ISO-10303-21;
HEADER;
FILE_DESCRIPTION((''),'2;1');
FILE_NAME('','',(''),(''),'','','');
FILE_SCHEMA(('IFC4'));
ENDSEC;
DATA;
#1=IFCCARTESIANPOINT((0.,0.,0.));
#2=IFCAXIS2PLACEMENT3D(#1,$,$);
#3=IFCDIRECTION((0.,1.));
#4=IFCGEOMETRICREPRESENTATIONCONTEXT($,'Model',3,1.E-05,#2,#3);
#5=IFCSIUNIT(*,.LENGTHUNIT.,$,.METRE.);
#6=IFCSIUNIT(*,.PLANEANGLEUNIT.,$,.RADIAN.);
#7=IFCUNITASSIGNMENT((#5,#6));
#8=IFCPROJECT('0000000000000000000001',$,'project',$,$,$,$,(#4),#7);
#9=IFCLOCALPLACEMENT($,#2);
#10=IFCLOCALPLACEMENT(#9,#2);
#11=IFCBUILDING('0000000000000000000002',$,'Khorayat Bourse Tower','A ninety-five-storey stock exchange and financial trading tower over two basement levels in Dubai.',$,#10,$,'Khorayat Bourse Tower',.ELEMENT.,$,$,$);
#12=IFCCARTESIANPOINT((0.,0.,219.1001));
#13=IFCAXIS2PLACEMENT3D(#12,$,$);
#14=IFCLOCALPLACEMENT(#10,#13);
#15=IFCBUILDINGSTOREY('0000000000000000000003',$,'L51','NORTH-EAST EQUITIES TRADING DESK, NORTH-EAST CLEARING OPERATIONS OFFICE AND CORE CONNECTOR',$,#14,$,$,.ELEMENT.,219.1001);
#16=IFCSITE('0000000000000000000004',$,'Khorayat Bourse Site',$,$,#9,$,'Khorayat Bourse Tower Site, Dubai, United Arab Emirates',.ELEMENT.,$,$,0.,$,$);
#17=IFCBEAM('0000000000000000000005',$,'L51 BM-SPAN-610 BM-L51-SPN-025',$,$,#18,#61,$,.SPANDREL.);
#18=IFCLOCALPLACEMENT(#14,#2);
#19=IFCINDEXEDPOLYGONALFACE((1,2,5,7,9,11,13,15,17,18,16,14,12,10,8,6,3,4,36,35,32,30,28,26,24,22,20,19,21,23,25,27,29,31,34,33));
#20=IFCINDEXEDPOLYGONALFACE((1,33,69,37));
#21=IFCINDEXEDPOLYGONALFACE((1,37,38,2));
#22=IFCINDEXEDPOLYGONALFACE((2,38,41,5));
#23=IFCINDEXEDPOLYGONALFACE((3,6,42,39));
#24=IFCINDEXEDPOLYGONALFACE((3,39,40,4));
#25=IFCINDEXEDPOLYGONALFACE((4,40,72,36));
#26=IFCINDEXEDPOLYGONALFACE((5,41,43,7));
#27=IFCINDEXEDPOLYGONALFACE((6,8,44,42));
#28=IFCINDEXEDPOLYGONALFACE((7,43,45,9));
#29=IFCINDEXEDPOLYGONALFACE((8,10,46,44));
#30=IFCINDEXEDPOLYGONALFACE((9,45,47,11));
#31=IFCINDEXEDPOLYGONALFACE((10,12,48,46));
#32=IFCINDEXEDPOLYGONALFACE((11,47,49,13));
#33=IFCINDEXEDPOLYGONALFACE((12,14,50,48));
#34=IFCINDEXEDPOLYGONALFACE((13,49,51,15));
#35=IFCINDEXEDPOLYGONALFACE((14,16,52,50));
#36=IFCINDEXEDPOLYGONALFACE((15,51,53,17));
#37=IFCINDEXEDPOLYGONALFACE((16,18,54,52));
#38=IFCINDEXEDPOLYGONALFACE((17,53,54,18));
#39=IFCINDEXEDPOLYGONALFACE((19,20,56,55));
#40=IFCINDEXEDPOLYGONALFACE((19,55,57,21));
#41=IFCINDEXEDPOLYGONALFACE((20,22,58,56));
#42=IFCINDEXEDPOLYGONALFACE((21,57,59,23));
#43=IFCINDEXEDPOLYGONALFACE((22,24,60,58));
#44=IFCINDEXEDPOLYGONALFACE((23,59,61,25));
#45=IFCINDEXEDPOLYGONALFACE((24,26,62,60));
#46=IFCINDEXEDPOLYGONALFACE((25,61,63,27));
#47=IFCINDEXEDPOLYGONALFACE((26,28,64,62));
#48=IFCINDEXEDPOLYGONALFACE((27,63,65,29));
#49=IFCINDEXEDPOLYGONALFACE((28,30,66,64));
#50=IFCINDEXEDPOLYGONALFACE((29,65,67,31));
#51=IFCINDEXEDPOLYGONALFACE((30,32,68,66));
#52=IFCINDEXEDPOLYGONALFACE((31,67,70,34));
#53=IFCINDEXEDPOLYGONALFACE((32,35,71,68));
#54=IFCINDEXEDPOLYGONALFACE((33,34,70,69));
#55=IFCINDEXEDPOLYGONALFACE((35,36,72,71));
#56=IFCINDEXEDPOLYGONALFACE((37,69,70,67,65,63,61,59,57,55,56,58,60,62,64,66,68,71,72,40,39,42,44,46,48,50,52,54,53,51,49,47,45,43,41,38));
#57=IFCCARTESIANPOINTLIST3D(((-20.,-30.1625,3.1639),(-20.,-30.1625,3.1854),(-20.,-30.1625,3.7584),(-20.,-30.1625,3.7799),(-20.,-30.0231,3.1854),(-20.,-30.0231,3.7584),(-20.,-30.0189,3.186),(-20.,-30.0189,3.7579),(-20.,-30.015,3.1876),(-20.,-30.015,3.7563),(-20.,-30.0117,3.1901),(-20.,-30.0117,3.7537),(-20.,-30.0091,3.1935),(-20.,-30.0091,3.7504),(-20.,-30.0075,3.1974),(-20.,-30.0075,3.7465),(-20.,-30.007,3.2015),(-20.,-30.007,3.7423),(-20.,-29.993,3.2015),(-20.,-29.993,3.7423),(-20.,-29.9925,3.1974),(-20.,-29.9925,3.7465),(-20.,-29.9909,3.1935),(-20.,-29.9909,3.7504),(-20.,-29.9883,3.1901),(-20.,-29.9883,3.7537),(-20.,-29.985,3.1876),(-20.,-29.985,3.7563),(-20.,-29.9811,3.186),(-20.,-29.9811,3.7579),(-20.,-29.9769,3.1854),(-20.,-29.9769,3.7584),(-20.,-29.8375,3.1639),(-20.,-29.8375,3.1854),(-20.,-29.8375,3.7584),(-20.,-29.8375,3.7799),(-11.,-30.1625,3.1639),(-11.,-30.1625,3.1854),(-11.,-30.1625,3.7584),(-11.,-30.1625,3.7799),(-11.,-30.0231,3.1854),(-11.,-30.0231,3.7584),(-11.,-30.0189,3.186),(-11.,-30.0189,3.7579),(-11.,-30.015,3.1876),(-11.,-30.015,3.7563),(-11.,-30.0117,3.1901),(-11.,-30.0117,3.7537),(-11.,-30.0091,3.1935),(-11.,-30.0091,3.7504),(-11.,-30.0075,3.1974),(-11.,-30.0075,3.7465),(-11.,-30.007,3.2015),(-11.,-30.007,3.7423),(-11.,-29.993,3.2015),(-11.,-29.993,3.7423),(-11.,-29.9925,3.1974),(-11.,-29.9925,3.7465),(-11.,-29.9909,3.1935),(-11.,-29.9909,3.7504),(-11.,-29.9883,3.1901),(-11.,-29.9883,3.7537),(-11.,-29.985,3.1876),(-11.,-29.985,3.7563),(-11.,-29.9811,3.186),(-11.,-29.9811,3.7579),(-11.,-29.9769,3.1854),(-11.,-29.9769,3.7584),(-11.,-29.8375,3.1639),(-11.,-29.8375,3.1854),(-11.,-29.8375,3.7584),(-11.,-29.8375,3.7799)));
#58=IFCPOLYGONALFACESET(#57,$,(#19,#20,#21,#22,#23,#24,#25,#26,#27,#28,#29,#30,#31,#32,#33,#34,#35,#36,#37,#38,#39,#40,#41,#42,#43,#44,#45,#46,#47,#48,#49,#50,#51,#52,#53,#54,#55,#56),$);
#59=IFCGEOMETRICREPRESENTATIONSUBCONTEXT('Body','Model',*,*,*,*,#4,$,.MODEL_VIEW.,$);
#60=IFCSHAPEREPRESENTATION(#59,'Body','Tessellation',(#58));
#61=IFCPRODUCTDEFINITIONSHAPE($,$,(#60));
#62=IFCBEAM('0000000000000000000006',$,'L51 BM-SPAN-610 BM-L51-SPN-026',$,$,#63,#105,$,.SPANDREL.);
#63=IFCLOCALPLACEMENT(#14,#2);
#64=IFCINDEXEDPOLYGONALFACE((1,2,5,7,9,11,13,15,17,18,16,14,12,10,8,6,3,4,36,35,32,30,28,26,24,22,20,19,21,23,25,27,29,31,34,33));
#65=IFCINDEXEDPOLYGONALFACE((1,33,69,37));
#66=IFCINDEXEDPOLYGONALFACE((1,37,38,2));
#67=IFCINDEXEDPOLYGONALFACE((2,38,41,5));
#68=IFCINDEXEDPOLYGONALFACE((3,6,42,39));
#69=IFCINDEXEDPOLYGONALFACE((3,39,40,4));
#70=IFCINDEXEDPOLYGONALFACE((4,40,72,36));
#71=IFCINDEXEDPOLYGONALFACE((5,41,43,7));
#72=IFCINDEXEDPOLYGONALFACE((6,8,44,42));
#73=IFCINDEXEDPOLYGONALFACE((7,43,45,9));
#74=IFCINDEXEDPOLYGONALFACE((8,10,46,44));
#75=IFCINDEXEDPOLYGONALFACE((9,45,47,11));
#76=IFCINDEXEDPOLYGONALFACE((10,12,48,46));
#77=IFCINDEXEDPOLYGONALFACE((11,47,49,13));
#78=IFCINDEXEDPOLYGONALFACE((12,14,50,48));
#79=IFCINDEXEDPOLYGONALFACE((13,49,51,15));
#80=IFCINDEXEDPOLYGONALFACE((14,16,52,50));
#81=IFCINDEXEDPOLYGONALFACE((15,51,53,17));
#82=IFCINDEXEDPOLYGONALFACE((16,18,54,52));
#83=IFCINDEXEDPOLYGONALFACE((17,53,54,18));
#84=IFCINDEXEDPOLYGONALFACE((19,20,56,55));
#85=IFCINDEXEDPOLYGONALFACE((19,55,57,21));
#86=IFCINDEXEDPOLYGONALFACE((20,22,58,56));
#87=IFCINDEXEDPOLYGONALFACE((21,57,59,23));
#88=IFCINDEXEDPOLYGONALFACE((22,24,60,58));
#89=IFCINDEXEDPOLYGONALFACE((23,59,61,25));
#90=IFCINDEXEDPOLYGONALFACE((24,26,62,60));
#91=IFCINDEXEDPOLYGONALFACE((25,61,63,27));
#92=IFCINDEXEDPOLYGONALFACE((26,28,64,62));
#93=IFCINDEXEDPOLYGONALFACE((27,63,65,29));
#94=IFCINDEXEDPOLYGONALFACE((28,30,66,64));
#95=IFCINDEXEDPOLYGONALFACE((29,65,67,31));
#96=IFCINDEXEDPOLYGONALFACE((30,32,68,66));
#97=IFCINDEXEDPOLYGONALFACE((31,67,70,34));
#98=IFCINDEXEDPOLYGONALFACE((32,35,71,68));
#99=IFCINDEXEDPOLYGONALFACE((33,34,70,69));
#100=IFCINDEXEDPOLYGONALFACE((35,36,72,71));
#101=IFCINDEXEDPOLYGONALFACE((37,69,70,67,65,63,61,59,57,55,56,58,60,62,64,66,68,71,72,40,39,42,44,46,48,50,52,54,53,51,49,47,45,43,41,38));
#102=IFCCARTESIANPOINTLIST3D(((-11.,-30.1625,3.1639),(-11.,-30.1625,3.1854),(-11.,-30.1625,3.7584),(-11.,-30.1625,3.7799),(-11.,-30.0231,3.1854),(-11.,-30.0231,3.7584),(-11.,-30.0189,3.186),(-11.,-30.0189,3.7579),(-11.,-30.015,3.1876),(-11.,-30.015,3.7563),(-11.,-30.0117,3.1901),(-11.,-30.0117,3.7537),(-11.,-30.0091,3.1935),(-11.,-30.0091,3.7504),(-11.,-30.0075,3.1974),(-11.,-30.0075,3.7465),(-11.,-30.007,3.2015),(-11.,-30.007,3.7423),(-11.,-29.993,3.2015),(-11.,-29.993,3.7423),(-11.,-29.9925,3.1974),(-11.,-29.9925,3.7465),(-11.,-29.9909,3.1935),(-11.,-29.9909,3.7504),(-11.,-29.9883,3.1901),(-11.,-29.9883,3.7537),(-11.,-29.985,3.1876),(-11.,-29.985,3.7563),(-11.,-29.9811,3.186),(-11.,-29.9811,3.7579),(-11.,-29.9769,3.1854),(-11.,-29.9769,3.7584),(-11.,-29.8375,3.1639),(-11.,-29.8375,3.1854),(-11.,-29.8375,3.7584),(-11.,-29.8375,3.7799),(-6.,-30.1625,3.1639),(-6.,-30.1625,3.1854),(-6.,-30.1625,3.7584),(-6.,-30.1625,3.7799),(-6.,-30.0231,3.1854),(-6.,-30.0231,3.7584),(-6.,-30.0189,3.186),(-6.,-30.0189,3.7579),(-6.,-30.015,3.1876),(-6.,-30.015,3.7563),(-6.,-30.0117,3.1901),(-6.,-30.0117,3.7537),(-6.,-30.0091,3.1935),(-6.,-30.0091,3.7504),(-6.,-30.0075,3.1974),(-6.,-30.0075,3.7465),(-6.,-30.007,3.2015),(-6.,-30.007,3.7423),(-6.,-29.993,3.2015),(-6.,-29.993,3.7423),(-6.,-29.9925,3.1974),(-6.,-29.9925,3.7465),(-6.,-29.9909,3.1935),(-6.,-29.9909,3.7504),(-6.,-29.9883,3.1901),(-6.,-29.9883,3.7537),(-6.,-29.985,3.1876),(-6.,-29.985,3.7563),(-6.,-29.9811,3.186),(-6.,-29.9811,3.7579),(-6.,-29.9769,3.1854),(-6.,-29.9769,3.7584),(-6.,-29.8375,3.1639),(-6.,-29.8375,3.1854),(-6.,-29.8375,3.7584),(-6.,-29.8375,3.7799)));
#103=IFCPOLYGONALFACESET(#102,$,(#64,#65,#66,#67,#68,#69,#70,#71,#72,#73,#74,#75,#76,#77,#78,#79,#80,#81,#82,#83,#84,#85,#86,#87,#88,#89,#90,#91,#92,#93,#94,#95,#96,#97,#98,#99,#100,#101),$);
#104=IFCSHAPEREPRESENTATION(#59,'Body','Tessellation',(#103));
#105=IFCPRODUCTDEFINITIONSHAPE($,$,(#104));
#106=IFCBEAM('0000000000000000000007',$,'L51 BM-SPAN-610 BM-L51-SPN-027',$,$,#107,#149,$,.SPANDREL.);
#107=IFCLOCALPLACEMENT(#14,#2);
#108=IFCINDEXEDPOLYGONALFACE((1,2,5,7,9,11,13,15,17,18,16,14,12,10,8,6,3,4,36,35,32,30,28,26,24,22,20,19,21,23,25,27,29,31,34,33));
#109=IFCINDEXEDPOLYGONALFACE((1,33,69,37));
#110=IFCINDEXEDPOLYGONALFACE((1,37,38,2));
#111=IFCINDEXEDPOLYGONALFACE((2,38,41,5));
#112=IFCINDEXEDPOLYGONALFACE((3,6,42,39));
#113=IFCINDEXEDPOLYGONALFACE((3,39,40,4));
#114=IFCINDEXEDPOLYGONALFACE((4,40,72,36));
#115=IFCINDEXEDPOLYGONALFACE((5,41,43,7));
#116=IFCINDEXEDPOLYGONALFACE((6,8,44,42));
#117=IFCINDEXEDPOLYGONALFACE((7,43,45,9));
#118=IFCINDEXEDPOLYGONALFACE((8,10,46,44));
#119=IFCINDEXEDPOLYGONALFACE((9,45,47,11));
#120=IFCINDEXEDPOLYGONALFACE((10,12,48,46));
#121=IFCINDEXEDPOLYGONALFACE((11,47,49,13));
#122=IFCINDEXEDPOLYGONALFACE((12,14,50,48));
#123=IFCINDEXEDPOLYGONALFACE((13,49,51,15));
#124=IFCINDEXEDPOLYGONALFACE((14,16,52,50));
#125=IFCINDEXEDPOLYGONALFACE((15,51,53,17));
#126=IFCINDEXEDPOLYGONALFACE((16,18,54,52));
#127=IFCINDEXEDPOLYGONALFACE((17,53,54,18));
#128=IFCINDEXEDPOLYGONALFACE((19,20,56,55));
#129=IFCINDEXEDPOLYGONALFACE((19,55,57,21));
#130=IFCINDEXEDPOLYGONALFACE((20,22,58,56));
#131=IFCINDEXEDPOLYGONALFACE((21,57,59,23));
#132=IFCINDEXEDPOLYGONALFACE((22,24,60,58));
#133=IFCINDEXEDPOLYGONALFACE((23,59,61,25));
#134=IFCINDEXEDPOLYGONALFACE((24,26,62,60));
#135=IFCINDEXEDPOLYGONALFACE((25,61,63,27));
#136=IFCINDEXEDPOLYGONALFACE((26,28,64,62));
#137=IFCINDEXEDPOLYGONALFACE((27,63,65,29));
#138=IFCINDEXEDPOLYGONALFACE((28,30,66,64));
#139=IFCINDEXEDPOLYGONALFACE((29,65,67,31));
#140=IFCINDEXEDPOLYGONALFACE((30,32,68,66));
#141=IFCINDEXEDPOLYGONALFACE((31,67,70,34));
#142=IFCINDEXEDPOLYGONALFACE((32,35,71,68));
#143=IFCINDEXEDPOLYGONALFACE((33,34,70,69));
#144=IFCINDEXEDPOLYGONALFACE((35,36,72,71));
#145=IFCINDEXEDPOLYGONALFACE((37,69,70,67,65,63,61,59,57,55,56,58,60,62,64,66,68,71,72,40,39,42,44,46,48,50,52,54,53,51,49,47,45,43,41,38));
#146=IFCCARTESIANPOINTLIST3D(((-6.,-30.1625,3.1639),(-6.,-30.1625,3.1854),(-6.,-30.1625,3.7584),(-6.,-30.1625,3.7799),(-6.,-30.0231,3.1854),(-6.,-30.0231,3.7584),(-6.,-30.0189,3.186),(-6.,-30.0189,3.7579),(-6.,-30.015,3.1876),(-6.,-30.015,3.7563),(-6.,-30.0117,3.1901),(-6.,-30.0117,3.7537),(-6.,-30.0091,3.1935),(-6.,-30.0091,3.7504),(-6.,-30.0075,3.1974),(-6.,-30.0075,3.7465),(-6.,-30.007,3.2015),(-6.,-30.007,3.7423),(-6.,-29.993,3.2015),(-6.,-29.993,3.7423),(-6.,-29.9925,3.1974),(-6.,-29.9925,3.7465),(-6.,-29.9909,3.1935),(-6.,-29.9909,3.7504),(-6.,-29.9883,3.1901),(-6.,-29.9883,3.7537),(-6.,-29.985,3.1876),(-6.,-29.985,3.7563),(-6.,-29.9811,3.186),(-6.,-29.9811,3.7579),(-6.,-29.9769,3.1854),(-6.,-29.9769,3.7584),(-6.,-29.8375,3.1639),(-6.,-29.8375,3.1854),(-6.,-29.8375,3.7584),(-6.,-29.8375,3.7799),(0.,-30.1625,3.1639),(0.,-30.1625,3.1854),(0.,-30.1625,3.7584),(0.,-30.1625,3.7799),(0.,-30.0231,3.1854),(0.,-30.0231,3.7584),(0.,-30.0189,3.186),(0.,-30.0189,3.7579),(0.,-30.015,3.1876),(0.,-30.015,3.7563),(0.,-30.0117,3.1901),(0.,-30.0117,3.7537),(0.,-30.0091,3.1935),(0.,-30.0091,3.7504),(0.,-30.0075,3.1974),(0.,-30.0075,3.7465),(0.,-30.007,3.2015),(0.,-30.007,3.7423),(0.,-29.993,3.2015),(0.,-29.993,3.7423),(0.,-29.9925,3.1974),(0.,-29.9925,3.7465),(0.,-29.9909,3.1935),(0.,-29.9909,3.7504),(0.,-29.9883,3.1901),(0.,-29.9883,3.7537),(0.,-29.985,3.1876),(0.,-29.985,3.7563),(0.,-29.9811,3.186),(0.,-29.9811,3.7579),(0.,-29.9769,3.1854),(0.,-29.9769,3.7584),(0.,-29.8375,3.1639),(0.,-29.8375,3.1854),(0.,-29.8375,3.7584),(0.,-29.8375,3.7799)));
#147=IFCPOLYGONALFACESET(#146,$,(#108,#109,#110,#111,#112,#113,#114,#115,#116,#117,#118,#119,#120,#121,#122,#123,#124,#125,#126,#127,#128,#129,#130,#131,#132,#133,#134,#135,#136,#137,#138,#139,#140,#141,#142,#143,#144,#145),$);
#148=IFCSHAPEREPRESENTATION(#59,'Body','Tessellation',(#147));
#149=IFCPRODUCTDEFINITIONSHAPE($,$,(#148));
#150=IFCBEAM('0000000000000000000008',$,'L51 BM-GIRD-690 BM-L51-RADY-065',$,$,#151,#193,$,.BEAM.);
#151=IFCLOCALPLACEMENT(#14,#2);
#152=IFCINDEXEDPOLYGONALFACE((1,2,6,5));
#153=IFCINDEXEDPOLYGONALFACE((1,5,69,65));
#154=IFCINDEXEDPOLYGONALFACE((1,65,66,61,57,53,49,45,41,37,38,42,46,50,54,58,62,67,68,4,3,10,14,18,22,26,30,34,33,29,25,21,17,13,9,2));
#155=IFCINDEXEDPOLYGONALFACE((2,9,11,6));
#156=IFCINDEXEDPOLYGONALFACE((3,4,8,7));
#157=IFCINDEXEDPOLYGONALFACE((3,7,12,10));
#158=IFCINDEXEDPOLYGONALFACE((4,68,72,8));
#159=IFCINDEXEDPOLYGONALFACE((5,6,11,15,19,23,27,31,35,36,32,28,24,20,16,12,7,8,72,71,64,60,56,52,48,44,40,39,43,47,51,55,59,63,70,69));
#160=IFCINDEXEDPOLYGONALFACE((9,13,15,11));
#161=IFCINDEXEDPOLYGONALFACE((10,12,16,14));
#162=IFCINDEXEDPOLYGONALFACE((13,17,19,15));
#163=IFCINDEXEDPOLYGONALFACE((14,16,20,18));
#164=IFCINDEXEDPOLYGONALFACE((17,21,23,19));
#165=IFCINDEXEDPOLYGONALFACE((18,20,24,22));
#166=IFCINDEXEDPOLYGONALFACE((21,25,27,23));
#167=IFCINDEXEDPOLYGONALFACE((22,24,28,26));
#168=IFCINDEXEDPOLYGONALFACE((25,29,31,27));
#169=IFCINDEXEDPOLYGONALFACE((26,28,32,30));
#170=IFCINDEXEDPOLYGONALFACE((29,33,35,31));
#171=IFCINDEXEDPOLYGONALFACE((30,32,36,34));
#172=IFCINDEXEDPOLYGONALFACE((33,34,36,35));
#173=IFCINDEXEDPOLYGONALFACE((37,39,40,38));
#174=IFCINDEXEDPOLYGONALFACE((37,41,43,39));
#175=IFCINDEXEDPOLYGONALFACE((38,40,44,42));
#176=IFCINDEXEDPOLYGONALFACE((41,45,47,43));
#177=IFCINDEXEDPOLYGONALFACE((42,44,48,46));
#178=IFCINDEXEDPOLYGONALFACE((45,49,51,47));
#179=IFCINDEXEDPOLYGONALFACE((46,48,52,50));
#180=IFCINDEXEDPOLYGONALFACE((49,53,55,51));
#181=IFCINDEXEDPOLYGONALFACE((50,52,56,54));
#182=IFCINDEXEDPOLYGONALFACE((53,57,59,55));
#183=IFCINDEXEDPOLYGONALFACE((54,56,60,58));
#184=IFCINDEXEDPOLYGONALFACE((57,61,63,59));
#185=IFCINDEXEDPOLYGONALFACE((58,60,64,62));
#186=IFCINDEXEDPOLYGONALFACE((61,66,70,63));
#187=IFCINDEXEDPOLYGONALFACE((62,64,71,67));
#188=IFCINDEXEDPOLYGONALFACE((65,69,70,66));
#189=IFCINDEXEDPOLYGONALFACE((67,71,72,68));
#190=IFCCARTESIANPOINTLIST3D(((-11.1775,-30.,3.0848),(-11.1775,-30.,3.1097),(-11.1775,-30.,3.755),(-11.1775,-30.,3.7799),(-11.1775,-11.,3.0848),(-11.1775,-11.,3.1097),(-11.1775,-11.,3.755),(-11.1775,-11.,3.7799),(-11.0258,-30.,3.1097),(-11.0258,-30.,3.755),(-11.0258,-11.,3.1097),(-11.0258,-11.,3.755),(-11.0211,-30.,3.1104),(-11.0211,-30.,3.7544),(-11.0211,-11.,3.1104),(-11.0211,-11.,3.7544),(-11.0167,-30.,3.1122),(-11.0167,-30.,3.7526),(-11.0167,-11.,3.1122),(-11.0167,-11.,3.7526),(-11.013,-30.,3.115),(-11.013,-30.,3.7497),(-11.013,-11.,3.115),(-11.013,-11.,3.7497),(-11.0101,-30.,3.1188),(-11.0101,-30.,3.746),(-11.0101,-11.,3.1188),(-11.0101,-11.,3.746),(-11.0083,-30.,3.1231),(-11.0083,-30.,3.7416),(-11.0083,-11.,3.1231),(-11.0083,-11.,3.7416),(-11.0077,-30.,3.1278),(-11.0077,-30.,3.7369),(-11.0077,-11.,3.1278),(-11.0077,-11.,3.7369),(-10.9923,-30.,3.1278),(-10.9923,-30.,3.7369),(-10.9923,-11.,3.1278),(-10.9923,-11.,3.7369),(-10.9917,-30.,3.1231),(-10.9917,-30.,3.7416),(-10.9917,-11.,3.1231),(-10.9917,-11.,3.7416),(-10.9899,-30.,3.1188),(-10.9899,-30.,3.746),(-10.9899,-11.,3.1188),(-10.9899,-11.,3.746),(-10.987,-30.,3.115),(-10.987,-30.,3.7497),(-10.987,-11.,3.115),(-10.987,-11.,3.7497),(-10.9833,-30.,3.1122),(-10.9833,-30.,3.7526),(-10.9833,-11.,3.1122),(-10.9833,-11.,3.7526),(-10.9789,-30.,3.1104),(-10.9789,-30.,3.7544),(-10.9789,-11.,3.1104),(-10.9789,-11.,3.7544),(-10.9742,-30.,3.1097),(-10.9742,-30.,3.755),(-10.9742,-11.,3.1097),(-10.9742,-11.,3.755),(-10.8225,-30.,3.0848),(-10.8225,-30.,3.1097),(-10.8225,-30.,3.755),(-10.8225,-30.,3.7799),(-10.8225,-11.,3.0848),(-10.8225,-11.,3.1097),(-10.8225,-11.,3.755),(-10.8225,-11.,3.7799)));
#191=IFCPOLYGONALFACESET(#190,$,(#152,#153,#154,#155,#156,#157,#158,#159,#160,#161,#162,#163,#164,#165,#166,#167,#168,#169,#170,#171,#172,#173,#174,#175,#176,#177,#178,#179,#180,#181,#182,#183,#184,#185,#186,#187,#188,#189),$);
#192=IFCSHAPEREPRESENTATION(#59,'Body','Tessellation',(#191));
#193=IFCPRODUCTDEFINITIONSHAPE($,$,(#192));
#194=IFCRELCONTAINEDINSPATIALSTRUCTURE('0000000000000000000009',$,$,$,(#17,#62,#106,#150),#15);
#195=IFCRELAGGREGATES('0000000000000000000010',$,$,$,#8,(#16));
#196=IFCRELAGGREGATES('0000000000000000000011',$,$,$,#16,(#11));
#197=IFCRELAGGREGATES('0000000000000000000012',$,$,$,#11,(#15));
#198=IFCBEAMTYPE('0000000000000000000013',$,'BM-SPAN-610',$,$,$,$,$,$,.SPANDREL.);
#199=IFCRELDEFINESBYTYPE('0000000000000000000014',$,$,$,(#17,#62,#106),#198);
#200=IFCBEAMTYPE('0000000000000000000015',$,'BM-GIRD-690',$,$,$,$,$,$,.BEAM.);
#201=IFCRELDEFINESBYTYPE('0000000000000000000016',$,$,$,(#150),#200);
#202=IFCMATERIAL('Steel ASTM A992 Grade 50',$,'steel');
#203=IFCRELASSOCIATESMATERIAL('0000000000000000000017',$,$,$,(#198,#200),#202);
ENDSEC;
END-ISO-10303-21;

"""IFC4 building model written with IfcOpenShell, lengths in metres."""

from ifc_helpers import new_model, si_unit, direction, frame, origin, origin_2d, place, context, subcontext, project, spatial, i_section, extrude, source, transform, mapped, material, material_profile, profile_set, type_object, element, save


model = new_model("IFC4")

# Units and contexts
model_context = context("Model", 3, precision=1e-05, world=origin(), true_north=direction((0.0, 1.0)))
body_context = subcontext(model_context, "Body", "Model", "MODEL_VIEW")
ifc_project = project(units=[si_unit("LENGTHUNIT", "METRE"), si_unit("PLANEANGLEUNIT", "RADIAN")], contexts=[model_context])

# Site, building, storey
site_placement = place(None, origin())
site = spatial("IfcSite", under=ifc_project, at=site_placement, Name="Khorayat Bourse Site", LongName="Khorayat Bourse Tower Site, Dubai, United Arab Emirates", CompositionType="ELEMENT", RefElevation=0.0)
building_placement = place(site_placement, origin())
building = spatial("IfcBuilding", under=site, at=building_placement, Name="Khorayat Bourse Tower", Description="A ninety-five-storey stock exchange and financial trading tower over two basement levels in Dubai.", LongName="Khorayat Bourse Tower", CompositionType="ELEMENT")
storey_placement = place(building_placement, frame((0.0, 0.0, 219.1001)))
storey = spatial("IfcBuildingStorey", under=building, at=storey_placement, Name="L51", Description="NORTH-EAST EQUITIES TRADING DESK, NORTH-EAST CLEARING OPERATIONS OFFICE AND CORE CONNECTOR", CompositionType="ELEMENT", Elevation=219.1001)

# Beams
ifc_material_1 = material(Name="Steel ASTM A992 Grade 50", Category="steel")
ifc_material_profile_1 = material_profile(ifc_material_1, i_section(OverallWidth=0.325, OverallDepth=0.616, WebThickness=0.0139, FlangeThickness=0.0215, FilletRadius=0.0161, at=origin_2d()), Name="W610X174")
ifc_profile_set_1 = profile_set([ifc_material_profile_1], Name="Steel ASTM A992 Grade 50")
beam_type_1 = type_object("IfcBeamType", Name="BM-SPAN-610", PredefinedType="SPANDREL", material=ifc_profile_set_1)
shared_shape_1 = source(origin(), body_context, "Body", "SweptSolid", [
    extrude(i_section(OverallWidth=0.325, OverallDepth=0.616, WebThickness=0.0139, FlangeThickness=0.0215, FilletRadius=0.0161, at=origin_2d()), origin(), (0.0, 0.0, 1.0), 9.0),
])
beam_1_placement = place(storey_placement, frame((-20.0, -30.0, 3.4719), z_axis=(1.0, 0.0, 0.0), x_axis=(0.0, 1.0, 0.0)))
element("IfcBeam", 1, at=beam_1_placement, inside=storey, type_object=beam_type_1, Name="L51 BM-SPAN-610 BM-L51-SPN-025", PredefinedType="SPANDREL", context=body_context, shape_type="MappedRepresentation", body=[
    mapped(shared_shape_1, transform((0.0, 0.0, 0.0), scale=1.0)),
])
shared_shape_2 = source(origin(), body_context, "Body", "SweptSolid", [
    extrude(i_section(OverallWidth=0.325, OverallDepth=0.616, WebThickness=0.0139, FlangeThickness=0.0215, FilletRadius=0.0161, at=origin_2d()), origin(), (0.0, 0.0, 1.0), 5.0),
])
beam_2_placement = place(storey_placement, frame((-11.0, -30.0, 3.4719), z_axis=(1.0, 0.0, 0.0), x_axis=(0.0, 1.0, 0.0)))
element("IfcBeam", 2, at=beam_2_placement, inside=storey, type_object=beam_type_1, Name="L51 BM-SPAN-610 BM-L51-SPN-026", PredefinedType="SPANDREL", context=body_context, shape_type="MappedRepresentation", body=[
    mapped(shared_shape_2, transform((0.0, 0.0, 0.0), scale=1.0)),
])
shared_shape_3 = source(origin(), body_context, "Body", "SweptSolid", [
    extrude(i_section(OverallWidth=0.325, OverallDepth=0.616, WebThickness=0.0139, FlangeThickness=0.0215, FilletRadius=0.0161, at=origin_2d()), origin(), (0.0, 0.0, 1.0), 6.0),
])
beam_3_placement = place(storey_placement, frame((-6.0, -30.0, 3.4719), z_axis=(1.0, 0.0, 0.0), x_axis=(0.0, 1.0, 0.0)))
element("IfcBeam", 3, at=beam_3_placement, inside=storey, type_object=beam_type_1, Name="L51 BM-SPAN-610 BM-L51-SPN-027", PredefinedType="SPANDREL", context=body_context, shape_type="MappedRepresentation", body=[
    mapped(shared_shape_3, transform((0.0, 0.0, 0.0), scale=1.0)),
])
ifc_material_profile_2 = material_profile(ifc_material_1, i_section(OverallWidth=0.355, OverallDepth=0.6951, WebThickness=0.0154, FlangeThickness=0.0249, FilletRadius=0.0181, at=origin_2d()), Name="W690X217")
ifc_profile_set_2 = profile_set([ifc_material_profile_2], Name="Steel ASTM A992 Grade 50")
beam_type_2 = type_object("IfcBeamType", Name="BM-GIRD-690", PredefinedType="BEAM", material=ifc_profile_set_2)
shared_shape_4 = source(origin(), body_context, "Body", "SweptSolid", [
    extrude(i_section(OverallWidth=0.355, OverallDepth=0.6951, WebThickness=0.0154, FlangeThickness=0.0249, FilletRadius=0.0181, at=origin_2d()), origin(), (0.0, 0.0, 1.0), 19.0),
])
for number, where, z_axis, x_axis, name in (
    (4, (-11.0, -30.0, 3.4324), (0.0, 1.0, 0.0), (-1.0, 0.0, 0.0), "L51 BM-GIRD-690 BM-L51-RADY-065"),
):
    element("IfcBeam", number, at=place(storey_placement, frame(where, z_axis=z_axis, x_axis=x_axis)), inside=storey, type_object=beam_type_2, Name=name, PredefinedType="BEAM", context=body_context, shape_type="MappedRepresentation", body=[
        mapped(shared_shape_4, transform((0.0, 0.0, 0.0), scale=1.0)),
    ])

save(model, "model.ifc")
